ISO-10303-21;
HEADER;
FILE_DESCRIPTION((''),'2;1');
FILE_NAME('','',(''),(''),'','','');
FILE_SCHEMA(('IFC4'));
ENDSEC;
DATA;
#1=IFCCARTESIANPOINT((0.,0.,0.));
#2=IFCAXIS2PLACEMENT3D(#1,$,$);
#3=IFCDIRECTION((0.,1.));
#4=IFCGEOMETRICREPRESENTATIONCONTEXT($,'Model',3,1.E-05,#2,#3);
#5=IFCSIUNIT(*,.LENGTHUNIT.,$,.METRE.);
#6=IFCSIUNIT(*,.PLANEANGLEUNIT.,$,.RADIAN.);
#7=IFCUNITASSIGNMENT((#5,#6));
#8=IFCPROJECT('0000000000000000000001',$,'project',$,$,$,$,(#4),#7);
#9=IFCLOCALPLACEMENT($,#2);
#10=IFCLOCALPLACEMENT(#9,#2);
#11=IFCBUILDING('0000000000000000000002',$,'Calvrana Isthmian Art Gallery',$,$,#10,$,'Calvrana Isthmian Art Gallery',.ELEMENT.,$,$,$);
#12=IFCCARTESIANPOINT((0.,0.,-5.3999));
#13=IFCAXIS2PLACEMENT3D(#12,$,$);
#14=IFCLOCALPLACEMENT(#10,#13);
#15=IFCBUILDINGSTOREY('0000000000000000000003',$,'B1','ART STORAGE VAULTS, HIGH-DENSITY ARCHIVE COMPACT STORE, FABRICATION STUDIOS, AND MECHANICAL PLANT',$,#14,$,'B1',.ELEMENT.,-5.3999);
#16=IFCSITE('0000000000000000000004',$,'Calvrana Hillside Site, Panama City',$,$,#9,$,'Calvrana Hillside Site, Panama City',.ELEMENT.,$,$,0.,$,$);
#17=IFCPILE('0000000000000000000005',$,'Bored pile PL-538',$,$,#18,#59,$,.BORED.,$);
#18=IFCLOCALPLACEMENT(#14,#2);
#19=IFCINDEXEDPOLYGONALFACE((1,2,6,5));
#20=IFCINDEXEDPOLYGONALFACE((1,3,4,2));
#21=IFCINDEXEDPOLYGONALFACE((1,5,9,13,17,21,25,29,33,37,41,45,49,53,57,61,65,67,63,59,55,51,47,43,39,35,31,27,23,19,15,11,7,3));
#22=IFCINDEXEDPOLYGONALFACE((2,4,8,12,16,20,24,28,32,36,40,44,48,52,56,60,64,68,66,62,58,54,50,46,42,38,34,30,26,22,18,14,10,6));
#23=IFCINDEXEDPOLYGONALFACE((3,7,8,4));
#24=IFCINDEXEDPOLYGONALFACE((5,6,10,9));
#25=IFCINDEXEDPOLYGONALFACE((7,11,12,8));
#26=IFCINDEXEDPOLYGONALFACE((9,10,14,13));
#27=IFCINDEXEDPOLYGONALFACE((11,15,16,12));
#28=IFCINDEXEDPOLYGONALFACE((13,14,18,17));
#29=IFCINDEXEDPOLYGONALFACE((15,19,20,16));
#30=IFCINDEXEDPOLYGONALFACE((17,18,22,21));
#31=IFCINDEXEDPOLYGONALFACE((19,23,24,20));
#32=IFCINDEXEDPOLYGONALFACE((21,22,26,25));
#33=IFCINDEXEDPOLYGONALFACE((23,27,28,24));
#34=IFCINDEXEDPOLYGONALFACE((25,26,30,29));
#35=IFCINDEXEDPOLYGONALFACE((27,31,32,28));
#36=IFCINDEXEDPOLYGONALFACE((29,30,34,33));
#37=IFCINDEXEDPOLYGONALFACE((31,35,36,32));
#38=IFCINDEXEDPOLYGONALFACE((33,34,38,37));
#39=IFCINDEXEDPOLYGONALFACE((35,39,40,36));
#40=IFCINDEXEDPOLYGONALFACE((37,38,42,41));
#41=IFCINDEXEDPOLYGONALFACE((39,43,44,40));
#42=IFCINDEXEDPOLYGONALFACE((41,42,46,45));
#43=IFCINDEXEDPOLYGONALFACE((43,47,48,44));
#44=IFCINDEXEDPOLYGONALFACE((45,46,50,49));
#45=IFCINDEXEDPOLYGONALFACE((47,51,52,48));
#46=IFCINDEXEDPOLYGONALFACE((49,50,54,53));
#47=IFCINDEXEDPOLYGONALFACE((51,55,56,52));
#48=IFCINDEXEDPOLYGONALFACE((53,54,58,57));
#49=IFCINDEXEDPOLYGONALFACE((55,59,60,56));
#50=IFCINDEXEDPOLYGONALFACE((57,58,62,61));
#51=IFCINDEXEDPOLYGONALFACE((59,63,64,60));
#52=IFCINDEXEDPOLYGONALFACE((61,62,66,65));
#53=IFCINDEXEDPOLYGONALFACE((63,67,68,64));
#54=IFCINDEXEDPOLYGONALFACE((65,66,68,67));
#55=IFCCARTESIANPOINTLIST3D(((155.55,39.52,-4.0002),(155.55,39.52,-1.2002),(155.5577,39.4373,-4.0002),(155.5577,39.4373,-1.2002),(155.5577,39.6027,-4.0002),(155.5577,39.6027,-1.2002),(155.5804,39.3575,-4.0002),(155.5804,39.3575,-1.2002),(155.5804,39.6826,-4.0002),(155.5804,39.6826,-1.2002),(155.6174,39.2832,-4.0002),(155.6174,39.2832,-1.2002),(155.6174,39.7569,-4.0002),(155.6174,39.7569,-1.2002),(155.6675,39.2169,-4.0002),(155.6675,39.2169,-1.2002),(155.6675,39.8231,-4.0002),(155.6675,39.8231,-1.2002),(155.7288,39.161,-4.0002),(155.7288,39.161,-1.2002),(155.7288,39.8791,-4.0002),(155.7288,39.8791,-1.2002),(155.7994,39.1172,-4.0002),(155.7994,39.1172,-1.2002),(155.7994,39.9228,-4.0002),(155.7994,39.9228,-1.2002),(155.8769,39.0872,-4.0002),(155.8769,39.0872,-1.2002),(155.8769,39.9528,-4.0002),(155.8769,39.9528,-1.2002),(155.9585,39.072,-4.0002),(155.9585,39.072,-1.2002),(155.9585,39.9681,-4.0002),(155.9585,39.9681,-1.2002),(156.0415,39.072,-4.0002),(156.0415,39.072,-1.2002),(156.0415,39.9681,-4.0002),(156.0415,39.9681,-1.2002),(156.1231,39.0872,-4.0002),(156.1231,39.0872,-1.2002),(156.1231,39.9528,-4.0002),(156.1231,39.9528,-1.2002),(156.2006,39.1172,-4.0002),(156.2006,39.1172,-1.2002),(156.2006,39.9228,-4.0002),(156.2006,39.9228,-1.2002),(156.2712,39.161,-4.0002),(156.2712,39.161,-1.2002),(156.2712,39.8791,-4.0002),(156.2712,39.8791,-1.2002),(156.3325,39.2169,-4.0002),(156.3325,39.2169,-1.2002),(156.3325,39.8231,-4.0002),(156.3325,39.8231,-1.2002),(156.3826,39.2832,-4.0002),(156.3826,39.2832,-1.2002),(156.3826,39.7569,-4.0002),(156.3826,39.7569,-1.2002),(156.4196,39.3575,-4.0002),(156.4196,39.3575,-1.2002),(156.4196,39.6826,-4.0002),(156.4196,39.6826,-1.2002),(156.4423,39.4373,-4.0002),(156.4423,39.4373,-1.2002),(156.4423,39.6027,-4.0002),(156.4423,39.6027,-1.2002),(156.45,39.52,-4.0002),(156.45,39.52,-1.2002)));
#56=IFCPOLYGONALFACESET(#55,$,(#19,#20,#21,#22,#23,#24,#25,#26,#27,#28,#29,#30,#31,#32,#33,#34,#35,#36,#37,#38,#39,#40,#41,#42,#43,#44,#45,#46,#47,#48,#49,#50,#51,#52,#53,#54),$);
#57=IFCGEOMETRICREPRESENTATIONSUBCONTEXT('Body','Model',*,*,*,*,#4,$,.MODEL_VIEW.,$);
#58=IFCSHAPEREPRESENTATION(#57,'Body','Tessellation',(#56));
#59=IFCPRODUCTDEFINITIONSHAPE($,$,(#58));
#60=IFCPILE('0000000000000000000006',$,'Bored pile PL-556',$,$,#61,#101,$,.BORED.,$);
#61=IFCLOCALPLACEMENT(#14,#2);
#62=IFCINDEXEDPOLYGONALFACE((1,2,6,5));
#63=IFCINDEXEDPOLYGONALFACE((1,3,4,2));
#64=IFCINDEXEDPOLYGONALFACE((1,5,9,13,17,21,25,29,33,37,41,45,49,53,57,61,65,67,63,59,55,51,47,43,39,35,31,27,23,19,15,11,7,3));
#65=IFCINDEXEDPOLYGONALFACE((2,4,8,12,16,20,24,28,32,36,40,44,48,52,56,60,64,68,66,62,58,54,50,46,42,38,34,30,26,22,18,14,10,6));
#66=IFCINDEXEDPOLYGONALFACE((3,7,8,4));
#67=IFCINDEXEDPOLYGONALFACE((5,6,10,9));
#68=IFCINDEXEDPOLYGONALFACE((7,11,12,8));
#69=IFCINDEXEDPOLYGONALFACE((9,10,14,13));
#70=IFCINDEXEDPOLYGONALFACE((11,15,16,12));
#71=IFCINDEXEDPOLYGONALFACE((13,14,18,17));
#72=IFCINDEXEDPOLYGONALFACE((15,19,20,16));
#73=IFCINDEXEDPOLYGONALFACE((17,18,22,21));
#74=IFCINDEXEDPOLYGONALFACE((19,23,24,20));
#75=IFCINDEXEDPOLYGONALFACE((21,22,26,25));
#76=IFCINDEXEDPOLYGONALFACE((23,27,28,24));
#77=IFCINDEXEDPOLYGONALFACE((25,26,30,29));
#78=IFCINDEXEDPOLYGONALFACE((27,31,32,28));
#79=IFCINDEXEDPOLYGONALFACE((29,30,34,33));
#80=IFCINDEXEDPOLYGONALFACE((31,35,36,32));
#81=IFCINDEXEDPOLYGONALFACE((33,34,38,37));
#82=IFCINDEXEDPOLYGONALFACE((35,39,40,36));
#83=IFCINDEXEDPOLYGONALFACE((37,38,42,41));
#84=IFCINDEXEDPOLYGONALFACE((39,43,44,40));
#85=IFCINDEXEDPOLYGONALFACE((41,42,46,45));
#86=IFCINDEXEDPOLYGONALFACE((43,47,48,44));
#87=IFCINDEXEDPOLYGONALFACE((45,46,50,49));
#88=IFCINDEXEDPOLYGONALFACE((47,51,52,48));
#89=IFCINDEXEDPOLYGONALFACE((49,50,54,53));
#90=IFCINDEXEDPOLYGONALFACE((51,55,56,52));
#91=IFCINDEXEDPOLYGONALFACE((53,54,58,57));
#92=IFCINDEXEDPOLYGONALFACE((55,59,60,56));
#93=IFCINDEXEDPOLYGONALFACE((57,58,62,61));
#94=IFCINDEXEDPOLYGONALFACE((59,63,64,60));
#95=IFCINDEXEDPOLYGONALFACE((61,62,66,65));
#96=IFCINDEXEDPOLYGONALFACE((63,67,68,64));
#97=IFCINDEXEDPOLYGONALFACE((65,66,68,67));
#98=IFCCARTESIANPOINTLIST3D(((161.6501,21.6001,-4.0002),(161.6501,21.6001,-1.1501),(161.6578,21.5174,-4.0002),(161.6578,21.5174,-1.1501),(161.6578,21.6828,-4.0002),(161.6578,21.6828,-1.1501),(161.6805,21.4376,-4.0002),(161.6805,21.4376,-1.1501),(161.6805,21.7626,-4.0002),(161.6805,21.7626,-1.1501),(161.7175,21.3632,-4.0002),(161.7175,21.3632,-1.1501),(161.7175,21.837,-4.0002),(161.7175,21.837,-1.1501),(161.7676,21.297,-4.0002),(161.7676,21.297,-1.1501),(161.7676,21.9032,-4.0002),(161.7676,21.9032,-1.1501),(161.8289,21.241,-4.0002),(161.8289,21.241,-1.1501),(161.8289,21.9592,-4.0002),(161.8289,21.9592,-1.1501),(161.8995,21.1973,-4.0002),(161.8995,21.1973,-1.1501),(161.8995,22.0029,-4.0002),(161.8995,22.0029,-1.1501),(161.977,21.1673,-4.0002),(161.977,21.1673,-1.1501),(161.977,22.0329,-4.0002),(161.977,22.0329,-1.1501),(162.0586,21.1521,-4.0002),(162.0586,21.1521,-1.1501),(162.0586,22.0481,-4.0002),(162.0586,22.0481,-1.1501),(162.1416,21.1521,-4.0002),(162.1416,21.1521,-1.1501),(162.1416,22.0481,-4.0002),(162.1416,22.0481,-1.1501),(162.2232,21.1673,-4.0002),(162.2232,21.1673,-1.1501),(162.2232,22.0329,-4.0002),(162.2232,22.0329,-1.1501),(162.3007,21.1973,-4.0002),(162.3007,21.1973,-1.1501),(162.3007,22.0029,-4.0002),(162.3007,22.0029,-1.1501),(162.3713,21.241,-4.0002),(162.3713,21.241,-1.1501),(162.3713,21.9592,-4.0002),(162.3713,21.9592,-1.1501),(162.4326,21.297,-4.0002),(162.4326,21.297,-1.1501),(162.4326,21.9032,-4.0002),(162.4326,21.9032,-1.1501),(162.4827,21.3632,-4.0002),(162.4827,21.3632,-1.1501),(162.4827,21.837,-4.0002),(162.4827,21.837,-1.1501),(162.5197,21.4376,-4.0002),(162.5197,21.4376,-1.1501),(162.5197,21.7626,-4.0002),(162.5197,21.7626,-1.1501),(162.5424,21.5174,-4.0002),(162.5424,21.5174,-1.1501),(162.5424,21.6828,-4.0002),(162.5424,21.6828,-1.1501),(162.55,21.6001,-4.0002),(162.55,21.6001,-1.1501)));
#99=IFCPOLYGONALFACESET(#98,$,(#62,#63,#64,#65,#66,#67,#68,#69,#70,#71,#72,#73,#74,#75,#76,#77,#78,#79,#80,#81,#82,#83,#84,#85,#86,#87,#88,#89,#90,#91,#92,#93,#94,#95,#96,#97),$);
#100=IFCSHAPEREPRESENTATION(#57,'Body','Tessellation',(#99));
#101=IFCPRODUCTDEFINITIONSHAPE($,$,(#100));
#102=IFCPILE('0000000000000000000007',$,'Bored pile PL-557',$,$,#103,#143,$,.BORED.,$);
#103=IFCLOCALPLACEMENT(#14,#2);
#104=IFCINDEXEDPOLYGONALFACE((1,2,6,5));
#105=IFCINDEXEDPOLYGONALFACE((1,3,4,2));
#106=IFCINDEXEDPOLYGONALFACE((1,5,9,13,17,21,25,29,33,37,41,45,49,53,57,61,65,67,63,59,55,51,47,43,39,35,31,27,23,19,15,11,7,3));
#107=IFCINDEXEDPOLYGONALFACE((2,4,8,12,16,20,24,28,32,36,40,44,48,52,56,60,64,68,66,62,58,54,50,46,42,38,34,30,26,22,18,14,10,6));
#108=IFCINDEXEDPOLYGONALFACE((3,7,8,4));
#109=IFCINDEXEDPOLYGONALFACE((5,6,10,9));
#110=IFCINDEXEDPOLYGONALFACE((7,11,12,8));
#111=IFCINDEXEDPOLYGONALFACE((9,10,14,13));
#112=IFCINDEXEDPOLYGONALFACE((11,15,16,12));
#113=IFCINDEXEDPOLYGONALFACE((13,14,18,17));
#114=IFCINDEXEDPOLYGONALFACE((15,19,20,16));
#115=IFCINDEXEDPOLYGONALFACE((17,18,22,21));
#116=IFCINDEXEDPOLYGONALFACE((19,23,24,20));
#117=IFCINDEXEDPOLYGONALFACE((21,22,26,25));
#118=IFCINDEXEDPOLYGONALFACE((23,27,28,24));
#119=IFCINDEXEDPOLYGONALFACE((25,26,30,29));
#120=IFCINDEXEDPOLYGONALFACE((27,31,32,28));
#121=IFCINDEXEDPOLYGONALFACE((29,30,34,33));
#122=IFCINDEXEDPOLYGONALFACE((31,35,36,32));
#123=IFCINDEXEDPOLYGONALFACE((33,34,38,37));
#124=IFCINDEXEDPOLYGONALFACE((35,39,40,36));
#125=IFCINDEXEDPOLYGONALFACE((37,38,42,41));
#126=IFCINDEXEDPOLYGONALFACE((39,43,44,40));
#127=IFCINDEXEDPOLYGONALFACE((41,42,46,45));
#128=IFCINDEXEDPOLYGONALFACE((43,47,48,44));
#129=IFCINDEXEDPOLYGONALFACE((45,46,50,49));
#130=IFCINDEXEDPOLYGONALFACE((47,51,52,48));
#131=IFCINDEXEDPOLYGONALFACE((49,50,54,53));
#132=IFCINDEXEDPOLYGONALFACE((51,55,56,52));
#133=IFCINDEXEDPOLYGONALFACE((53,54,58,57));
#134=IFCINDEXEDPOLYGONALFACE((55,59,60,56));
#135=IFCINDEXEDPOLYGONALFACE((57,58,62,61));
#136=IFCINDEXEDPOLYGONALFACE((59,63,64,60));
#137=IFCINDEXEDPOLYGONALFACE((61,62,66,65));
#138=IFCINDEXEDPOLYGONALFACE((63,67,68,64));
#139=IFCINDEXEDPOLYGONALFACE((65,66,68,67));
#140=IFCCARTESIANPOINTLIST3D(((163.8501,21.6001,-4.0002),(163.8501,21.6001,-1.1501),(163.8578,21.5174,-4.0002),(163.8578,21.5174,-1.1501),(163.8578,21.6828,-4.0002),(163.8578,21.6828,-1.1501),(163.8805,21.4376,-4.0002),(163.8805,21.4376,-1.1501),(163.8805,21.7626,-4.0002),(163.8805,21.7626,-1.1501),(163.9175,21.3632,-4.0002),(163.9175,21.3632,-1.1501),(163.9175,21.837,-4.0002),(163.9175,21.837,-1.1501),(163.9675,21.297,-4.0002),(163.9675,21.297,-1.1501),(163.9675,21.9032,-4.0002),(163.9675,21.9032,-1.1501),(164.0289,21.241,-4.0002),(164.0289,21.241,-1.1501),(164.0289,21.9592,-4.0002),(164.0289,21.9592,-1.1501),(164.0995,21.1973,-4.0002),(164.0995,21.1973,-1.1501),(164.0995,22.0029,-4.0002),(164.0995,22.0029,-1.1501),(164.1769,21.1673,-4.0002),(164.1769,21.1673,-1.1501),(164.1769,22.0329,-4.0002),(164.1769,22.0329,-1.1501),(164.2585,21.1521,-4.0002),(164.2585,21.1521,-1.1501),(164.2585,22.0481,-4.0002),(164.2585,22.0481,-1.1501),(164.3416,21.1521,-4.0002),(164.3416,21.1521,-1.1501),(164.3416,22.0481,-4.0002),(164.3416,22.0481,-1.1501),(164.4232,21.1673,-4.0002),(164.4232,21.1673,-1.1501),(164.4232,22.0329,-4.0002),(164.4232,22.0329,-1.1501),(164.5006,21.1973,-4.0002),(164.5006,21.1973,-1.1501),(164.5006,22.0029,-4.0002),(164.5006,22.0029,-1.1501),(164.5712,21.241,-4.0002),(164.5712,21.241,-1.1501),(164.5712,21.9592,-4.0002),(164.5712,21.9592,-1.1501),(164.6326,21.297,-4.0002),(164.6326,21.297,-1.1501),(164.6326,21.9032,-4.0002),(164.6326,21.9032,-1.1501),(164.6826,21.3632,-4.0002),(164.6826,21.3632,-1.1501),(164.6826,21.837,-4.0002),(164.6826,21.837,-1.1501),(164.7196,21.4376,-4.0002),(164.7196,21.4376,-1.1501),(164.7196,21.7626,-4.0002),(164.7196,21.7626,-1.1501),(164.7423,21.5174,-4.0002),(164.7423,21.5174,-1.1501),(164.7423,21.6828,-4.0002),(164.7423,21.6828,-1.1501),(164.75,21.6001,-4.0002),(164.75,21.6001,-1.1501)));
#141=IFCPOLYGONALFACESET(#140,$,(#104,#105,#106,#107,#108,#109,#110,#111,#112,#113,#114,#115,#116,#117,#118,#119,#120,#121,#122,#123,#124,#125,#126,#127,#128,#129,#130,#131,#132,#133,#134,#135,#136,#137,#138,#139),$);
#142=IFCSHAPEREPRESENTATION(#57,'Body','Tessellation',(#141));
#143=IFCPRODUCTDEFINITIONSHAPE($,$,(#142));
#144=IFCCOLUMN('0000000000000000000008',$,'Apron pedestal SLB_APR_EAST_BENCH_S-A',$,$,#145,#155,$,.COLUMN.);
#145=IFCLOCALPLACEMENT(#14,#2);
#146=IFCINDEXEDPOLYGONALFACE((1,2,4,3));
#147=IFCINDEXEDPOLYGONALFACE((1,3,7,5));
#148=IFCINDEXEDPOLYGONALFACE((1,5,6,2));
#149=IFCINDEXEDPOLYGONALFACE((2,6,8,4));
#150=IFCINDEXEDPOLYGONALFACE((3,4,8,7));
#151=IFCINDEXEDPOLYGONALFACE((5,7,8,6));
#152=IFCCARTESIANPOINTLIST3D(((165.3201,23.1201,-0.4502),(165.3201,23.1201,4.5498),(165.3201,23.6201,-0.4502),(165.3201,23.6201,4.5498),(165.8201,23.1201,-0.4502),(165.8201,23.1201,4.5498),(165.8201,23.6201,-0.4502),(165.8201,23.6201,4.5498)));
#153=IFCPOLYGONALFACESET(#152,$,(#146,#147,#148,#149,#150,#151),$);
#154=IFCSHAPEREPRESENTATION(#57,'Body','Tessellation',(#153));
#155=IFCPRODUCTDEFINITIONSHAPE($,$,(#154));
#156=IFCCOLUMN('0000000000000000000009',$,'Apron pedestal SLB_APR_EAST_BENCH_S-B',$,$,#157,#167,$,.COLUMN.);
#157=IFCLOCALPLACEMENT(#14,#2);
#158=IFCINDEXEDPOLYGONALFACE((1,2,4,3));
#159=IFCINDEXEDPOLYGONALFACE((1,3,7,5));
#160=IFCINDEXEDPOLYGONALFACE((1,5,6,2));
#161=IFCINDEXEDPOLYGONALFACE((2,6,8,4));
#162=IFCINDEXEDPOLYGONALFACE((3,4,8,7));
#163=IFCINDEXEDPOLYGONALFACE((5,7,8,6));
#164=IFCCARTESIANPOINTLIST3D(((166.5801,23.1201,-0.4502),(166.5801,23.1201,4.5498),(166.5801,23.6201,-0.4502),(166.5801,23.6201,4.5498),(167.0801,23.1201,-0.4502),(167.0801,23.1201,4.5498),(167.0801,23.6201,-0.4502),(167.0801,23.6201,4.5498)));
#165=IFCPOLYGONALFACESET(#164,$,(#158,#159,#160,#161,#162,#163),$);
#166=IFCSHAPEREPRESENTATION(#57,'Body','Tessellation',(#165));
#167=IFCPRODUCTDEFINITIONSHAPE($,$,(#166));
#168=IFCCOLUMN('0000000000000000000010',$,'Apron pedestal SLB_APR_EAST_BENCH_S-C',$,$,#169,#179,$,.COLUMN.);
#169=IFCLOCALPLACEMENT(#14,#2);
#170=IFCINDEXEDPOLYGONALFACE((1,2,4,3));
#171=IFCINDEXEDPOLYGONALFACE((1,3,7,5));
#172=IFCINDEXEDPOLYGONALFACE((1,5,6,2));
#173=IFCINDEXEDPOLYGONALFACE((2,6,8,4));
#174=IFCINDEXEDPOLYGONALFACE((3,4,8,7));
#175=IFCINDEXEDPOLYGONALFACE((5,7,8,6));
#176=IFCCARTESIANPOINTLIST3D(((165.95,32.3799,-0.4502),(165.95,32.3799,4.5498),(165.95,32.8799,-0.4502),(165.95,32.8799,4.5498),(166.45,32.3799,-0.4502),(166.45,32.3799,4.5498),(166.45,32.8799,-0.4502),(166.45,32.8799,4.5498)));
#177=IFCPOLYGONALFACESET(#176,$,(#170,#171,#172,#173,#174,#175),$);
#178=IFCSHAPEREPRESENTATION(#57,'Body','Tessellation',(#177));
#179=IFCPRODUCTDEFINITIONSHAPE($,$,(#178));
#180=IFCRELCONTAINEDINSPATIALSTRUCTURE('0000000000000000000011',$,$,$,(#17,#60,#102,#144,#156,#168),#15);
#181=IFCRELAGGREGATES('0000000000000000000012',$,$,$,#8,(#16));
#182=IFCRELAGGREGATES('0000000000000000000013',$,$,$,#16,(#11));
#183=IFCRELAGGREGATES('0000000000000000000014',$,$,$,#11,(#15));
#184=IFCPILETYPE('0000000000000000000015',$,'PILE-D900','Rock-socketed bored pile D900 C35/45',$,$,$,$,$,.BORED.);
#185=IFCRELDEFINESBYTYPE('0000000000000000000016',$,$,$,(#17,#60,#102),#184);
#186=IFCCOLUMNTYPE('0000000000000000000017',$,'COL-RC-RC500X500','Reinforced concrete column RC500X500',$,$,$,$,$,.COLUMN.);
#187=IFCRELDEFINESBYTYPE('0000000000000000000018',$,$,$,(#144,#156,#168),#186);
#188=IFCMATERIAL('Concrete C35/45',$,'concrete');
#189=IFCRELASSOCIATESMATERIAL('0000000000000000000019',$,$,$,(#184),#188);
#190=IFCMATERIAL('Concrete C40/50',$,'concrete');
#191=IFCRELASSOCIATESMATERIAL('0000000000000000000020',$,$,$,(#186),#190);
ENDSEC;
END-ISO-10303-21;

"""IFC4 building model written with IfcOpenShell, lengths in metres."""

from ifc_helpers import new_model, si_unit, direction, frame, origin, origin_2d, place, context, subcontext, project, spatial, rectangle, circle, extrude, material, material_profile, profile_set, type_object, element, save


model = new_model("IFC4")

# Units and contexts
model_context = context("Model", 3, precision=1e-05, world=origin(), true_north=direction((0.0, 1.0)))
body_context = subcontext(model_context, "Body", "Model", "MODEL_VIEW")
ifc_project = project(units=[si_unit("LENGTHUNIT", "METRE"), si_unit("PLANEANGLEUNIT", "RADIAN")], contexts=[model_context])

# Site, building, storey
site_placement = place(None, origin())
site = spatial("IfcSite", under=ifc_project, at=site_placement, Name="Calvrana Hillside Site, Panama City", LongName="Calvrana Hillside Site, Panama City", CompositionType="ELEMENT", RefElevation=0.0)
building_placement = place(site_placement, origin())
building = spatial("IfcBuilding", under=site, at=building_placement, Name="Calvrana Isthmian Art Gallery", LongName="Calvrana Isthmian Art Gallery", CompositionType="ELEMENT")
storey_placement = place(building_placement, frame((0.0, 0.0, -5.3999)))
storey = spatial("IfcBuildingStorey", under=building, at=storey_placement, Name="B1", Description="ART STORAGE VAULTS, HIGH-DENSITY ARCHIVE COMPACT STORE, FABRICATION STUDIOS, AND MECHANICAL PLANT", LongName="B1", CompositionType="ELEMENT", Elevation=-5.3999)

# Shared definitions
ifc_material_1 = material(Name="Concrete C35/45", Category="concrete")

# Piles
ifc_material_profile_1 = material_profile(ifc_material_1, circle(Radius=0.45, at=origin_2d()), Name="PILE900D")
ifc_profile_set_1 = profile_set([ifc_material_profile_1], Name="Concrete C35/45")
pile_type_1 = type_object("IfcPileType", Name="PILE-D900", Description="Rock-socketed bored pile D900 C35/45", PredefinedType="BORED", material=ifc_profile_set_1)
for number, where, z_axis, x_axis, name in (
    (1, (156.0, 39.52, -1.2002), (0.0, 0.0, -1.0), (1.0, 0.0, 0.0), "Bored pile PL-538"),
):
    element("IfcPile", number, at=place(storey_placement, frame(where, z_axis=z_axis, x_axis=x_axis)), inside=storey, type_object=pile_type_1, Name=name, PredefinedType="BORED", context=body_context, shape_type="SweptSolid", body=[
        extrude(circle(Radius=0.45, at=origin_2d()), origin(), (0.0, 0.0, 1.0), 2.8),
    ])
for number, where, z_axis, x_axis, name in (
    (2, (162.1001, 21.6001, -1.1501), (0.0, 0.0, -1.0), (1.0, 0.0, 0.0), "Bored pile PL-556"),
    (3, (164.3, 21.6001, -1.1501), (0.0, 0.0, -1.0), (1.0, 0.0, 0.0), "Bored pile PL-557"),
):
    element("IfcPile", number, at=place(storey_placement, frame(where, z_axis=z_axis, x_axis=x_axis)), inside=storey, type_object=pile_type_1, Name=name, PredefinedType="BORED", context=body_context, shape_type="SweptSolid", body=[
        extrude(circle(Radius=0.45, at=origin_2d()), origin(), (0.0, 0.0, 1.0), 2.8501),
    ])

# Columns
ifc_material_2 = material(Name="Concrete C40/50", Category="concrete")
ifc_material_profile_2 = material_profile(ifc_material_2, rectangle(XDim=0.5, YDim=0.5, at=origin_2d()), Name="RC500X500")
ifc_profile_set_2 = profile_set([ifc_material_profile_2], Name="Concrete C40/50")
column_type_1 = type_object("IfcColumnType", Name="COL-RC-RC500X500", Description="Reinforced concrete column RC500X500", PredefinedType="COLUMN", material=ifc_profile_set_2)
for number, where, z_axis, x_axis, name in (
    (4, (165.5701, 23.3701, -0.4502), (0.0, 0.0, 1.0), (1.0, 0.0, 0.0), "Apron pedestal SLB_APR_EAST_BENCH_S-A"),
    (5, (166.8301, 23.3701, -0.4502), (0.0, 0.0, 1.0), (1.0, 0.0, 0.0), "Apron pedestal SLB_APR_EAST_BENCH_S-B"),
    (6, (166.2, 32.6299, -0.4502), (0.0, 0.0, 1.0), (1.0, 0.0, 0.0), "Apron pedestal SLB_APR_EAST_BENCH_S-C"),
):
    element("IfcColumn", number, at=place(storey_placement, frame(where, z_axis=z_axis, x_axis=x_axis)), inside=storey, type_object=column_type_1, Name=name, PredefinedType="COLUMN", context=body_context, shape_type="SweptSolid", body=[
        extrude(rectangle(XDim=0.5, YDim=0.5, at=origin_2d()), origin(), (0.0, 0.0, 1.0), 5.0),
    ])

save(model, "model.ifc")
